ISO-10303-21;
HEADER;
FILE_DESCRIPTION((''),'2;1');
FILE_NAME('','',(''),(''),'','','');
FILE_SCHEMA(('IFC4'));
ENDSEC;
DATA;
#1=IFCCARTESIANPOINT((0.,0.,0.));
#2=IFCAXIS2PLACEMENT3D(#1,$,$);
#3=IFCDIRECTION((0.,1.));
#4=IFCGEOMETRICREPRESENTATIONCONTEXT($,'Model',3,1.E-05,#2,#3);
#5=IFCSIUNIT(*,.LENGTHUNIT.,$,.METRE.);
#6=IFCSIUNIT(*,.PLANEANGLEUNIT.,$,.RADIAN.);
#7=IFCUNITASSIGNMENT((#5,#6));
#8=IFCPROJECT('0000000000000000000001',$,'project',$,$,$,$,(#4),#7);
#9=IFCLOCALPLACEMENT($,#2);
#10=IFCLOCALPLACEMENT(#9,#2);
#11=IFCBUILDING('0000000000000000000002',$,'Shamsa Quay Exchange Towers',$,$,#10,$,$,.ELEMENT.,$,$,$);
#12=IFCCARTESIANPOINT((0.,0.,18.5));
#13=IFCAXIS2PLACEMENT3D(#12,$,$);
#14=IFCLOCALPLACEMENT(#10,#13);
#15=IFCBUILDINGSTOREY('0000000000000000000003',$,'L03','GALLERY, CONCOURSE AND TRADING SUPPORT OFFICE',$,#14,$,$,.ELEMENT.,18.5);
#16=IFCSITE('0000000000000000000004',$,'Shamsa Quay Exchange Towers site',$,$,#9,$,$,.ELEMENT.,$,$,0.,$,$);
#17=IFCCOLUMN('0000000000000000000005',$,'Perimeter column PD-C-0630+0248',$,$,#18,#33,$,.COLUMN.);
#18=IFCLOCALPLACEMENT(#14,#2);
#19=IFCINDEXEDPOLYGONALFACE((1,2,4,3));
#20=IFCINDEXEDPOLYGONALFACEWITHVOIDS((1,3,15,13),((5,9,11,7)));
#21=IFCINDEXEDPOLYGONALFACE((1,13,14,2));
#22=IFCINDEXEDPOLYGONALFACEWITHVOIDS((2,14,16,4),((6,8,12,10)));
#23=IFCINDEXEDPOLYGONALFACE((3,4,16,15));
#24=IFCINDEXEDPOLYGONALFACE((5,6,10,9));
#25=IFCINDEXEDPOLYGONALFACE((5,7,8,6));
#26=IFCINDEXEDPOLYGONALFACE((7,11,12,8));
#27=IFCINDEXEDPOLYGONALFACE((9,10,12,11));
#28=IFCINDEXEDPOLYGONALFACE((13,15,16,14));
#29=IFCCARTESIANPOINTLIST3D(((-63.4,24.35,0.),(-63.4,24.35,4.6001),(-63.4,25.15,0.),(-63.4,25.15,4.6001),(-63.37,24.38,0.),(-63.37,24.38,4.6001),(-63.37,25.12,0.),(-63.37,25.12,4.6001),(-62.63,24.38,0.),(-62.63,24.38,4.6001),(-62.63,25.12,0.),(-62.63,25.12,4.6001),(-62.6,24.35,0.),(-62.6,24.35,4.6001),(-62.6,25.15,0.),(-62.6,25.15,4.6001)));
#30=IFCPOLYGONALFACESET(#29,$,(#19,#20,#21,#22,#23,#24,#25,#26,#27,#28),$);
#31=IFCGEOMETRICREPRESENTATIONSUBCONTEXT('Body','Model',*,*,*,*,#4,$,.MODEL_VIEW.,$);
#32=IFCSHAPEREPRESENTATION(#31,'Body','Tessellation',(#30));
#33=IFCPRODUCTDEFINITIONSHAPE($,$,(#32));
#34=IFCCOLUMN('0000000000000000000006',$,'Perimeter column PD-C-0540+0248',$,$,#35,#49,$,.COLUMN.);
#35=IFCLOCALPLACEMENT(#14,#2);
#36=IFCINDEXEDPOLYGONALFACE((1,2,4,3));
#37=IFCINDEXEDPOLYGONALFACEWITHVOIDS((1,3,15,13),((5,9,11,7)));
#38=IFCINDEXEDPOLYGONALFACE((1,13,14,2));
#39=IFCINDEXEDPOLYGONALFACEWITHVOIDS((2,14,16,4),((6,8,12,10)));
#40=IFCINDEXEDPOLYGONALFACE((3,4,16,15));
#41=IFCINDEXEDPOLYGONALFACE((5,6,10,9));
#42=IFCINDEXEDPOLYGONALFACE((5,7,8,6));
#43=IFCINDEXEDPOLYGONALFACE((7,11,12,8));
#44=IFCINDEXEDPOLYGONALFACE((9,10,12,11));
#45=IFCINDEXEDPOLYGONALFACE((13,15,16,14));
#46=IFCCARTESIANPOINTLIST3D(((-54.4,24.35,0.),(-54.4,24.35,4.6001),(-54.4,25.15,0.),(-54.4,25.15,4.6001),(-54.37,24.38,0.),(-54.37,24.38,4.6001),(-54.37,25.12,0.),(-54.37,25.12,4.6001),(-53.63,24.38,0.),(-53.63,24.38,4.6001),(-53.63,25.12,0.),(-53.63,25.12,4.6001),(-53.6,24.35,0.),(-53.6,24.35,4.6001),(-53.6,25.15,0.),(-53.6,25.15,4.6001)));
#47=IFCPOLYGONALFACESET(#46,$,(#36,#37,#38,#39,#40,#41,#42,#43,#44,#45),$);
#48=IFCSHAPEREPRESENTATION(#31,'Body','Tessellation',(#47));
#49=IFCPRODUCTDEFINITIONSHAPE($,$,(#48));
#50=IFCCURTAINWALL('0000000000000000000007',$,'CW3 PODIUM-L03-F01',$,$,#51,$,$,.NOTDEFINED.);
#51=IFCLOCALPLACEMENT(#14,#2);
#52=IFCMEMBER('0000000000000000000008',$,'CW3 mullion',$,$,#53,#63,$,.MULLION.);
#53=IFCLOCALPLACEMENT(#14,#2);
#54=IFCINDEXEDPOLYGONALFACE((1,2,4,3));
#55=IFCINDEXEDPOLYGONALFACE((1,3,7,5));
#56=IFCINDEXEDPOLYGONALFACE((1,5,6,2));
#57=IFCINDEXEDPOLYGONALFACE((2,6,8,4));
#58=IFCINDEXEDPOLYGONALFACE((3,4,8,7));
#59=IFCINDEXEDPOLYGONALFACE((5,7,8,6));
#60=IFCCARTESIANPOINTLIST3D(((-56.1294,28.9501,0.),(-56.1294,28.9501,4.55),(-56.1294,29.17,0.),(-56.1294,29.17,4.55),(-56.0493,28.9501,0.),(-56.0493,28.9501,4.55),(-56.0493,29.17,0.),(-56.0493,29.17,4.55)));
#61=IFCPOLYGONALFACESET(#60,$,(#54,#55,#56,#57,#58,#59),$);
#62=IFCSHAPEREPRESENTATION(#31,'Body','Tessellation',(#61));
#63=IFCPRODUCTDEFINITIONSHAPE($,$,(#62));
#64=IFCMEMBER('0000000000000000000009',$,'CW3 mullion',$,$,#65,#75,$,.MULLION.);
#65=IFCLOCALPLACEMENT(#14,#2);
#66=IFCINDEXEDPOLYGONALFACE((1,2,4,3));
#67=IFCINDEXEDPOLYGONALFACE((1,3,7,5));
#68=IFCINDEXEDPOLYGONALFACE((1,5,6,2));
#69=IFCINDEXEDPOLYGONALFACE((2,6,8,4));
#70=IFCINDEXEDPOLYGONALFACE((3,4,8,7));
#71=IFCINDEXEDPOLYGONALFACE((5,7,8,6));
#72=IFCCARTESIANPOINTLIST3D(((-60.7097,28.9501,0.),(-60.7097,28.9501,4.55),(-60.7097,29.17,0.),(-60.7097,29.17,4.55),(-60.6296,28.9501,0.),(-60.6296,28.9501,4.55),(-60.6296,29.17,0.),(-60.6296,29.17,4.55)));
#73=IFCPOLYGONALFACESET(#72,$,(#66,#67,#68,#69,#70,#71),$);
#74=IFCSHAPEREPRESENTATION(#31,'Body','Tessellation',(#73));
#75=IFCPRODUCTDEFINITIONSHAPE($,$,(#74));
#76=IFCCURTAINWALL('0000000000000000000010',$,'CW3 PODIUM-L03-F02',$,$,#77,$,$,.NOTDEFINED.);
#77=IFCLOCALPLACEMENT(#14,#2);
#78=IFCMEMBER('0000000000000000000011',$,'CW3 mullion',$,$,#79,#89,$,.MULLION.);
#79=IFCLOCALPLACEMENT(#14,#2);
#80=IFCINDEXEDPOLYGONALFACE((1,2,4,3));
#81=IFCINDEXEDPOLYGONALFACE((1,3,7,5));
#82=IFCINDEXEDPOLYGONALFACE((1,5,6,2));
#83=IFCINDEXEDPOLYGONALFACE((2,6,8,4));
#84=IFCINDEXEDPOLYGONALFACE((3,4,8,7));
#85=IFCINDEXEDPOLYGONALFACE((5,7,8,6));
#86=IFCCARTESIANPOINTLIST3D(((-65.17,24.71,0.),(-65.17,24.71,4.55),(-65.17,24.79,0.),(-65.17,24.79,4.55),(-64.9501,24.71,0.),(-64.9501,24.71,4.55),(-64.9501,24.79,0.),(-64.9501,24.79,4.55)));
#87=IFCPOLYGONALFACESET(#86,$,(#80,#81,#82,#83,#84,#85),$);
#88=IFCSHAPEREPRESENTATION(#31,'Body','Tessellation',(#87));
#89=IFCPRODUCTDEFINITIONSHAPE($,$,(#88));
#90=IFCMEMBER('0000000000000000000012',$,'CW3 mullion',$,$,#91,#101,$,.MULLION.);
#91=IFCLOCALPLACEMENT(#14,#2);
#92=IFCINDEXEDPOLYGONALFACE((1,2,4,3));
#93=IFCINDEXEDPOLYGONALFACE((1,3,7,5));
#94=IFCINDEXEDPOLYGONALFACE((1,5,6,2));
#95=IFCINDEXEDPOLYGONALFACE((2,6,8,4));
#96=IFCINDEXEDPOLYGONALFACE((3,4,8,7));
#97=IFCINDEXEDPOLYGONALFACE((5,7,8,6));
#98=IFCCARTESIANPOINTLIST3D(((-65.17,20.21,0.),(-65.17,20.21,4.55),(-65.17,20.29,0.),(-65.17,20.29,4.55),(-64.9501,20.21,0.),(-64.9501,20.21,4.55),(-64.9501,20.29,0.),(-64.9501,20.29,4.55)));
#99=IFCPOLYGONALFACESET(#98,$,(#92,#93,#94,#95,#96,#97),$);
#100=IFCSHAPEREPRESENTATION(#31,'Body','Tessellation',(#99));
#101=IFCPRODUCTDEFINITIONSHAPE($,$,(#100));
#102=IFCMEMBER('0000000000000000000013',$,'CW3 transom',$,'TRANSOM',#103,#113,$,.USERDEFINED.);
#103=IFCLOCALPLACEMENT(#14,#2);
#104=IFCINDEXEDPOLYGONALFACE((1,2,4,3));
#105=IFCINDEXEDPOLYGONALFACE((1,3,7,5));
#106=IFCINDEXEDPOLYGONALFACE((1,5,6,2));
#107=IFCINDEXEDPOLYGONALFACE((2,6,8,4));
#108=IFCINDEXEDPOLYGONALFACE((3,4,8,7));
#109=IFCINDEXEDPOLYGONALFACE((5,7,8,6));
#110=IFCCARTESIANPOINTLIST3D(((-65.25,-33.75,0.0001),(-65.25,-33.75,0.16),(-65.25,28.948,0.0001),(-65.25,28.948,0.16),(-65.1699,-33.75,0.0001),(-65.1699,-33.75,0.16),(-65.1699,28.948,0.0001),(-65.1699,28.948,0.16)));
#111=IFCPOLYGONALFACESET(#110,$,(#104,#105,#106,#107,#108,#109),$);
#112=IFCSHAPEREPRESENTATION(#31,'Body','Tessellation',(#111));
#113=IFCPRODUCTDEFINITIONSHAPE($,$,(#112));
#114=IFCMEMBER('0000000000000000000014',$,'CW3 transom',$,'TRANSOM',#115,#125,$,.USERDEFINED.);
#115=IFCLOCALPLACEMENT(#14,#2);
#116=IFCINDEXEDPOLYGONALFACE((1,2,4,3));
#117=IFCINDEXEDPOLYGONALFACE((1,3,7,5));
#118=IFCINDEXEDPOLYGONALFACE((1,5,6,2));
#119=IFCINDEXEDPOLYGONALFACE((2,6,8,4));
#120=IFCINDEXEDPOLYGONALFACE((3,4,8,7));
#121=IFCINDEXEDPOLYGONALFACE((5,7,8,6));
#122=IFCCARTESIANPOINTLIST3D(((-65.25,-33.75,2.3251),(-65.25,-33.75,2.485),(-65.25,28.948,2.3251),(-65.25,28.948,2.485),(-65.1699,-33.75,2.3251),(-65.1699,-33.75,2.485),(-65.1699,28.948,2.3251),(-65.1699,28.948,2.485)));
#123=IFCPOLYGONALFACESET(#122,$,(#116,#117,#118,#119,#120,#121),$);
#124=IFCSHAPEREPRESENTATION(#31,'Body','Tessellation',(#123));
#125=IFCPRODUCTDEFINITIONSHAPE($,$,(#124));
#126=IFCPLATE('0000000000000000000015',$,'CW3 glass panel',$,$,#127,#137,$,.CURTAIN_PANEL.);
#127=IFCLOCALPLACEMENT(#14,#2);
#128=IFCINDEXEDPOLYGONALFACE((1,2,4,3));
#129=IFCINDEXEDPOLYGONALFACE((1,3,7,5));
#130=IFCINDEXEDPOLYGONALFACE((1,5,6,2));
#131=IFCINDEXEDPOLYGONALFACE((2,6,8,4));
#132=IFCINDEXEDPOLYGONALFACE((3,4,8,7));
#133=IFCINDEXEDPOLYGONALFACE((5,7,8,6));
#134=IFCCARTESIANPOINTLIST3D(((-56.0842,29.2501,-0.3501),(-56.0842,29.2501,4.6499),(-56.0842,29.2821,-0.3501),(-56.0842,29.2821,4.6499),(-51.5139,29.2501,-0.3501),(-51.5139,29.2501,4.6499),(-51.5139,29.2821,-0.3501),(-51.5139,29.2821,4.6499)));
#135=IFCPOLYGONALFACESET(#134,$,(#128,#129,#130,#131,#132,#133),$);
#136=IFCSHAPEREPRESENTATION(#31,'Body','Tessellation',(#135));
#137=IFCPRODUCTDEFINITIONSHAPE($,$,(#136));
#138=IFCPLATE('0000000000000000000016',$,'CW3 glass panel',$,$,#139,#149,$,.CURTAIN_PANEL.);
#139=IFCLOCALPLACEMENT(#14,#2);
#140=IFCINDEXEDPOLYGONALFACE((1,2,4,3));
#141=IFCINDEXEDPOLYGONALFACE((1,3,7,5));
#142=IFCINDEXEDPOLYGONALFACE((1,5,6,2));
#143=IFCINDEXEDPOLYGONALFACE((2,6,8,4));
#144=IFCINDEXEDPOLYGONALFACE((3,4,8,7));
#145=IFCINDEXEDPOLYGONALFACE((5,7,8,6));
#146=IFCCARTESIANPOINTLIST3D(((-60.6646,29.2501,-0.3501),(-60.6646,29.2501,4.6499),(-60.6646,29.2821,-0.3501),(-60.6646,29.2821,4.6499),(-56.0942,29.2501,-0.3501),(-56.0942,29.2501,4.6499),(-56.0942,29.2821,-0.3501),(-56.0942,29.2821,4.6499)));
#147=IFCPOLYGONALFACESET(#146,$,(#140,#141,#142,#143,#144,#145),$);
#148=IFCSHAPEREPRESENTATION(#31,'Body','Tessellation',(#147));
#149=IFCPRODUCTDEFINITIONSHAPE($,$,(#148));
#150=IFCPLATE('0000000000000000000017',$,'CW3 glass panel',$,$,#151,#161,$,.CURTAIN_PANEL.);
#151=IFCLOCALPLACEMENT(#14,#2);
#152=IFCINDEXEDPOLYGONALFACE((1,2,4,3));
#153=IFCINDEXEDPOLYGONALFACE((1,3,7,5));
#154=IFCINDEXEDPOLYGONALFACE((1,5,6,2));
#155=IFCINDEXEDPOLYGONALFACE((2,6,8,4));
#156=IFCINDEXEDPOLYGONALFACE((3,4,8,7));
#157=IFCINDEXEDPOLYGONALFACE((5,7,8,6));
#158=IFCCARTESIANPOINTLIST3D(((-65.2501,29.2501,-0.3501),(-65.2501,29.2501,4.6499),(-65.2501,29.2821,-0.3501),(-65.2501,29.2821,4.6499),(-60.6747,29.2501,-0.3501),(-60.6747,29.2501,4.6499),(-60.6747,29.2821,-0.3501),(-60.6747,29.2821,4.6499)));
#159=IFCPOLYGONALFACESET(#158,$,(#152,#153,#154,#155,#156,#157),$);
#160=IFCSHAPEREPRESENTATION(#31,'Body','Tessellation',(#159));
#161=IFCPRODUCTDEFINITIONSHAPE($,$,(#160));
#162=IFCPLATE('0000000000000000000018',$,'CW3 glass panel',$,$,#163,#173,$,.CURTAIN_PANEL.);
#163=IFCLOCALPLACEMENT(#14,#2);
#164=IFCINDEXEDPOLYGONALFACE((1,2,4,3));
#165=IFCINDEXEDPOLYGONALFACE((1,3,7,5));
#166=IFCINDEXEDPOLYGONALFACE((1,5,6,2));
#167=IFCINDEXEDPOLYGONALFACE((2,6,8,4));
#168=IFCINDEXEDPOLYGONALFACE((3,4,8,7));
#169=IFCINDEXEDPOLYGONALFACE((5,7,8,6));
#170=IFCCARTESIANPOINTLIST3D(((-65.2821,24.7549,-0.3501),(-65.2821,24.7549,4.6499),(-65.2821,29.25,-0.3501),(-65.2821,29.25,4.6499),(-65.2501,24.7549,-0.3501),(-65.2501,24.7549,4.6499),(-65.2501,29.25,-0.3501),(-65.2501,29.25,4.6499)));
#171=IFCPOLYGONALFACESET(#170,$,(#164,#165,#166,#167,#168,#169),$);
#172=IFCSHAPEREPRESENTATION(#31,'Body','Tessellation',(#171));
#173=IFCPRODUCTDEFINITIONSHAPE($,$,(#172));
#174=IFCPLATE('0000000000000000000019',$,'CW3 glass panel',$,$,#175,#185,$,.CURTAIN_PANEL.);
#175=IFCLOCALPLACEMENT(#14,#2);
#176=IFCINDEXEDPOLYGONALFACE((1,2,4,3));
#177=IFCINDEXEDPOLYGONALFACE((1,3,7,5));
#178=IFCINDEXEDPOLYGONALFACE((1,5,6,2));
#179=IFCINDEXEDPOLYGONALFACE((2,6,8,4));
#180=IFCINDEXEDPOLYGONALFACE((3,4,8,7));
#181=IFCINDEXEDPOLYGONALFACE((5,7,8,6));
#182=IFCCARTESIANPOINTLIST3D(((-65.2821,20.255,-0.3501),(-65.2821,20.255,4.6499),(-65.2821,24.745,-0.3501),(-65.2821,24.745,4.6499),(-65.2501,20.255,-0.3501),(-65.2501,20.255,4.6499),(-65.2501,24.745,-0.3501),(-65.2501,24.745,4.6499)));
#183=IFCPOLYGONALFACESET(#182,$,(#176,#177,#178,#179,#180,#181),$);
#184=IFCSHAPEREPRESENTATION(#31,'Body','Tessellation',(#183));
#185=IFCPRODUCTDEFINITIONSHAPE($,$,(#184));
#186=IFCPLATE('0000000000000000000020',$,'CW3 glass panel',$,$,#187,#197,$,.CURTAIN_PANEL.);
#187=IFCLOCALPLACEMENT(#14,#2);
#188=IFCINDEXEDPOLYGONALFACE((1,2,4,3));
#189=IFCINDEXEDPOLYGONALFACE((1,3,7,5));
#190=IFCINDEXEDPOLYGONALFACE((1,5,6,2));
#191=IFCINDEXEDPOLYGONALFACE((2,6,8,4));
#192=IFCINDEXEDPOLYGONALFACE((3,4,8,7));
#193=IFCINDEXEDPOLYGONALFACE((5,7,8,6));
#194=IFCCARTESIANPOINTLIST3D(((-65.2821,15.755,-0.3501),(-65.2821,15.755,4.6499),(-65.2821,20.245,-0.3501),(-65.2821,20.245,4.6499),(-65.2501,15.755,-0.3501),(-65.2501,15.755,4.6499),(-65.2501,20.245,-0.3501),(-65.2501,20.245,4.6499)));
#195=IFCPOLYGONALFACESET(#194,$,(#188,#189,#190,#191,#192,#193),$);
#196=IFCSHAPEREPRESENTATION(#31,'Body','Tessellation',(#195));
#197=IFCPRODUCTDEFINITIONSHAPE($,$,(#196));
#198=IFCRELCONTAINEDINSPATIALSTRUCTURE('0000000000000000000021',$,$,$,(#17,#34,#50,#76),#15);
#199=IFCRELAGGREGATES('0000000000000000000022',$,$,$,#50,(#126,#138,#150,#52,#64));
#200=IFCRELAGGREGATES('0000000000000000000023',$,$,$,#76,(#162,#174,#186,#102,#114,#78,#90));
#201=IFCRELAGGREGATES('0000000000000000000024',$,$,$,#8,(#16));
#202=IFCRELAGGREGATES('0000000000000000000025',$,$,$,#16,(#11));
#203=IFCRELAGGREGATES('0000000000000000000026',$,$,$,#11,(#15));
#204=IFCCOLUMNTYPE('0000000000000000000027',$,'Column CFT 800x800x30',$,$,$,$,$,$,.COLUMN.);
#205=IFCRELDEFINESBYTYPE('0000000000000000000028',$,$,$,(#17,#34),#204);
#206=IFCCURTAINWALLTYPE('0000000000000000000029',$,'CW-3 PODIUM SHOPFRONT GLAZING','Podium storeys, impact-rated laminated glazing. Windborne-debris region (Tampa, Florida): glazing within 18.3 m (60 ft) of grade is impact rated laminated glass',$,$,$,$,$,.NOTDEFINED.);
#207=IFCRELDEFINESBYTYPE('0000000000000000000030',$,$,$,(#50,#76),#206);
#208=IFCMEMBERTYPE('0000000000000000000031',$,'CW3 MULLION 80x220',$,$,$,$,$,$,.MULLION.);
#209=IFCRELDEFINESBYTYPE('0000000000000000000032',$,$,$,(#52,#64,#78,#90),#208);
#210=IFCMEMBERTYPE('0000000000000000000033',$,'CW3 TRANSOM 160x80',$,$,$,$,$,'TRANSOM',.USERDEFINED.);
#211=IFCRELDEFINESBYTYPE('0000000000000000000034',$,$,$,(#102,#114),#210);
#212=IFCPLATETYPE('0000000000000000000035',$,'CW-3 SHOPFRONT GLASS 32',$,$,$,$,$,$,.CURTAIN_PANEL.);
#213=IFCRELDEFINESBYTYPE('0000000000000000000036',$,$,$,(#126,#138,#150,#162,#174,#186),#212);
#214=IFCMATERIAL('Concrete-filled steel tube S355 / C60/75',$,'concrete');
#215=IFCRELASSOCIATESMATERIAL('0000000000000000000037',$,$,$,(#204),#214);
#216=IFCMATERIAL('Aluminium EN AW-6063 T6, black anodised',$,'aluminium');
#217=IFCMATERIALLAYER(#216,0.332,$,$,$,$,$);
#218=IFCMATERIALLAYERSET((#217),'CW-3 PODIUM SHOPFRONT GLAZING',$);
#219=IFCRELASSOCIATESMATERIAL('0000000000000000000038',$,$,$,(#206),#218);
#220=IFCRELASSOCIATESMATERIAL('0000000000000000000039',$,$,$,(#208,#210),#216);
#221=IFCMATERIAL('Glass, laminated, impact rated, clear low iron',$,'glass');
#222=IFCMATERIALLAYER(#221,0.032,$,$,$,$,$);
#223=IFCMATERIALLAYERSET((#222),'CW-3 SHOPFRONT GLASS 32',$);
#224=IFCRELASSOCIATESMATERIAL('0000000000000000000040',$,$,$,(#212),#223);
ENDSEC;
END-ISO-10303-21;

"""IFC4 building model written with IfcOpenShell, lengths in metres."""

from ifc_helpers import new_model, si_unit, direction, frame, origin, origin_2d, place, context, subcontext, project, spatial, rectangle, hollow_rectangle, extrude, material, layer, layer_set, material_profile, profile_set, type_object, element, aggregate, save


model = new_model("IFC4")

# Units and contexts
model_context = context("Model", 3, precision=1e-05, world=origin(), true_north=direction((0.0, 1.0)))
body_context = subcontext(model_context, "Body", "Model", "MODEL_VIEW")
ifc_project = project(units=[si_unit("LENGTHUNIT", "METRE"), si_unit("PLANEANGLEUNIT", "RADIAN")], contexts=[model_context])

# Site, building, storey
site_placement = place(None, origin())
site = spatial("IfcSite", under=ifc_project, at=site_placement, Name="Shamsa Quay Exchange Towers site", CompositionType="ELEMENT", RefElevation=0.0)
building_placement = place(site_placement, origin())
building = spatial("IfcBuilding", under=site, at=building_placement, Name="Shamsa Quay Exchange Towers", CompositionType="ELEMENT")
storey_placement = place(building_placement, frame((0.0, 0.0, 18.5)))
storey = spatial("IfcBuildingStorey", under=building, at=storey_placement, Name="L03", Description="GALLERY, CONCOURSE AND TRADING SUPPORT OFFICE", CompositionType="ELEMENT", Elevation=18.5)

# Columns
ifc_material_1 = material(Name="Concrete-filled steel tube S355 / C60/75", Category="concrete")
ifc_material_profile_1 = material_profile(ifc_material_1, hollow_rectangle(XDim=0.8, YDim=0.8, WallThickness=0.03, at=origin_2d()), Name="CFT 800x800x30")
ifc_profile_set_1 = profile_set([ifc_material_profile_1], Name="Concrete-filled steel tube S355 / C60/75")
column_type = type_object("IfcColumnType", Name="Column CFT 800x800x30", PredefinedType="COLUMN", material=ifc_profile_set_1)
for number, where, name in (
    (1, (-63.0, 24.75, 0.0), "Perimeter column PD-C-0630+0248"),
    (2, (-54.0, 24.75, 0.0), "Perimeter column PD-C-0540+0248"),
):
    element("IfcColumn", number, at=place(storey_placement, frame(where)), inside=storey, type_object=column_type, Name=name, PredefinedType="COLUMN", context=body_context, shape_type="SweptSolid", body=[
        extrude(hollow_rectangle(XDim=0.8, YDim=0.8, WallThickness=0.03, at=origin_2d()), origin(), (0.0, 0.0, 1.0), 4.6001),
    ])

# Curtain walls, members
ifc_material_2 = material(Name="Aluminium EN AW-6063 T6, black anodised", Category="aluminium")
ifc_layer_1 = layer(ifc_material_2, 0.332)
ifc_layer_set_1 = layer_set([ifc_layer_1], Name="CW-3 PODIUM SHOPFRONT GLAZING")
curtain_wall_type = type_object("IfcCurtainWallType", Name="CW-3 PODIUM SHOPFRONT GLAZING", Description="Podium storeys, impact-rated laminated glazing. Windborne-debris region (Tampa, Florida): glazing within 18.3 m (60 ft) of grade is impact rated laminated glass", PredefinedType="NOTDEFINED", material=ifc_layer_set_1)
curtain_wall_1_placement = place(storey_placement, origin())
curtain_wall_1 = element("IfcCurtainWall", 3, at=curtain_wall_1_placement, inside=storey, type_object=curtain_wall_type, Name="CW3 PODIUM-L03-F01", PredefinedType="NOTDEFINED")
ifc_material_profile_2 = material_profile(ifc_material_2, rectangle(XDim=0.22, YDim=0.0801, at=origin_2d()), Name="MU80x220")
ifc_profile_set_2 = profile_set([ifc_material_profile_2], Name="Aluminium EN AW-6063 T6, black anodised")
member_type_1 = type_object("IfcMemberType", Name="CW3 MULLION 80x220", PredefinedType="MULLION", material=ifc_profile_set_2)
member_1_placement = place(storey_placement, frame((-56.0894, 29.0601, 0.0), z_axis=(0.0, 0.0, 1.0), x_axis=(0.0, -1.0, 0.0)))
member_1 = element("IfcMember", 4, at=member_1_placement, type_object=member_type_1, Name="CW3 mullion", PredefinedType="MULLION", context=body_context, shape_type="SweptSolid", body=[
    extrude(rectangle(XDim=0.22, YDim=0.0801, at=origin_2d()), origin(), (0.0, 0.0, 1.0), 4.55),
])
member_2_placement = place(storey_placement, frame((-60.6697, 29.0601, 0.0), z_axis=(0.0, 0.0, 1.0), x_axis=(0.0, -1.0, 0.0)))
member_2 = element("IfcMember", 5, at=member_2_placement, type_object=member_type_1, Name="CW3 mullion", PredefinedType="MULLION", context=body_context, shape_type="SweptSolid", body=[
    extrude(rectangle(XDim=0.22, YDim=0.0801, at=origin_2d()), origin(), (0.0, 0.0, 1.0), 4.55),
])
curtain_wall_2_placement = place(storey_placement, origin())
curtain_wall_2 = element("IfcCurtainWall", 6, at=curtain_wall_2_placement, inside=storey, type_object=curtain_wall_type, Name="CW3 PODIUM-L03-F02", PredefinedType="NOTDEFINED")
member_3_placement = place(storey_placement, frame((-65.0601, 24.75, 0.0)))
member_3 = element("IfcMember", 7, at=member_3_placement, type_object=member_type_1, Name="CW3 mullion", PredefinedType="MULLION", context=body_context, shape_type="SweptSolid", body=[
    extrude(rectangle(XDim=0.22, YDim=0.0801, at=origin_2d()), origin(), (0.0, 0.0, 1.0), 4.55),
])
member_4_placement = place(storey_placement, frame((-65.0601, 20.25, 0.0)))
member_4 = element("IfcMember", 8, at=member_4_placement, type_object=member_type_1, Name="CW3 mullion", PredefinedType="MULLION", context=body_context, shape_type="SweptSolid", body=[
    extrude(rectangle(XDim=0.22, YDim=0.0801, at=origin_2d()), origin(), (0.0, 0.0, 1.0), 4.55),
])
ifc_material_profile_3 = material_profile(ifc_material_2, rectangle(XDim=0.0801, YDim=0.1599, at=origin_2d()), Name="TR160x80")
ifc_profile_set_3 = profile_set([ifc_material_profile_3], Name="Aluminium EN AW-6063 T6, black anodised")
member_type_2 = type_object("IfcMemberType", Name="CW3 TRANSOM 160x80", ElementType="TRANSOM", PredefinedType="USERDEFINED", material=ifc_profile_set_3)
member_5_placement = place(storey_placement, frame((-65.21, 28.948, 0.0801), z_axis=(0.0, -1.0, 0.0), x_axis=(1.0, 0.0, 0.0)))
member_5 = element("IfcMember", 9, at=member_5_placement, type_object=member_type_2, Name="CW3 transom", ObjectType="TRANSOM", PredefinedType="USERDEFINED", context=body_context, shape_type="SweptSolid", body=[
    extrude(rectangle(XDim=0.0801, YDim=0.1599, at=origin_2d()), origin(), (0.0, 0.0, 1.0), 62.698),
])
member_6_placement = place(storey_placement, frame((-65.21, 28.948, 2.405), z_axis=(0.0, -1.0, 0.0), x_axis=(1.0, 0.0, 0.0)))
member_6 = element("IfcMember", 10, at=member_6_placement, type_object=member_type_2, Name="CW3 transom", ObjectType="TRANSOM", PredefinedType="USERDEFINED", context=body_context, shape_type="SweptSolid", body=[
    extrude(rectangle(XDim=0.0801, YDim=0.1599, at=origin_2d()), origin(), (0.0, 0.0, 1.0), 62.698),
])

# Plates
ifc_material_3 = material(Name="Glass, laminated, impact rated, clear low iron", Category="glass")
ifc_layer_2 = layer(ifc_material_3, 0.032)
ifc_layer_set_2 = layer_set([ifc_layer_2], Name="CW-3 SHOPFRONT GLASS 32")
plate_type = type_object("IfcPlateType", Name="CW-3 SHOPFRONT GLASS 32", PredefinedType="CURTAIN_PANEL", material=ifc_layer_set_2)
plate_1_placement = place(storey_placement, frame((-53.7991, 29.2661, -0.3501), z_axis=(0.0, 0.0, 1.0), x_axis=(-1.0, 0.0, 0.0)))
plate_1 = element("IfcPlate", 11, at=plate_1_placement, type_object=plate_type, Name="CW3 glass panel", PredefinedType="CURTAIN_PANEL", context=body_context, shape_type="SweptSolid", body=[
    extrude(rectangle(XDim=4.5703, YDim=0.032, at=origin_2d()), origin(), (0.0, 0.0, 1.0), 5.0),
])
plate_2_placement = place(storey_placement, frame((-58.3794, 29.2661, -0.3501), z_axis=(0.0, 0.0, 1.0), x_axis=(-1.0, 0.0, 0.0)))
plate_2 = element("IfcPlate", 12, at=plate_2_placement, type_object=plate_type, Name="CW3 glass panel", PredefinedType="CURTAIN_PANEL", context=body_context, shape_type="SweptSolid", body=[
    extrude(rectangle(XDim=4.5703, YDim=0.032, at=origin_2d()), origin(), (0.0, 0.0, 1.0), 5.0),
])
plate_3_placement = place(storey_placement, frame((-62.9624, 29.2661, -0.3501), z_axis=(0.0, 0.0, 1.0), x_axis=(-1.0, 0.0, 0.0)))
plate_3 = element("IfcPlate", 13, at=plate_3_placement, type_object=plate_type, Name="CW3 glass panel", PredefinedType="CURTAIN_PANEL", context=body_context, shape_type="SweptSolid", body=[
    extrude(rectangle(XDim=4.5754, YDim=0.032, at=origin_2d()), origin(), (0.0, 0.0, 1.0), 5.0),
])
aggregate(curtain_wall_1, [plate_1, plate_2, plate_3, member_1, member_2])
plate_4_placement = place(storey_placement, frame((-65.2661, 27.0024, -0.3501), z_axis=(0.0, 0.0, 1.0), x_axis=(0.0, -1.0, 0.0)))
plate_4 = element("IfcPlate", 14, at=plate_4_placement, type_object=plate_type, Name="CW3 glass panel", PredefinedType="CURTAIN_PANEL", context=body_context, shape_type="SweptSolid", body=[
    extrude(rectangle(XDim=4.4951, YDim=0.032, at=origin_2d()), origin(), (0.0, 0.0, 1.0), 5.0),
])
plate_5_placement = place(storey_placement, frame((-65.2661, 22.5, -0.3501), z_axis=(0.0, 0.0, 1.0), x_axis=(0.0, -1.0, 0.0)))
plate_5 = element("IfcPlate", 15, at=plate_5_placement, type_object=plate_type, Name="CW3 glass panel", PredefinedType="CURTAIN_PANEL", context=body_context, shape_type="SweptSolid", body=[
    extrude(rectangle(XDim=4.49, YDim=0.032, at=origin_2d()), origin(), (0.0, 0.0, 1.0), 5.0),
])
plate_6_placement = place(storey_placement, frame((-65.2661, 18.0, -0.3501), z_axis=(0.0, 0.0, 1.0), x_axis=(0.0, -1.0, 0.0)))
plate_6 = element("IfcPlate", 16, at=plate_6_placement, type_object=plate_type, Name="CW3 glass panel", PredefinedType="CURTAIN_PANEL", context=body_context, shape_type="SweptSolid", body=[
    extrude(rectangle(XDim=4.49, YDim=0.032, at=origin_2d()), origin(), (0.0, 0.0, 1.0), 5.0),
])
aggregate(curtain_wall_2, [plate_4, plate_5, plate_6, member_5, member_6, member_3, member_4])

save(model, "model.ifc")
